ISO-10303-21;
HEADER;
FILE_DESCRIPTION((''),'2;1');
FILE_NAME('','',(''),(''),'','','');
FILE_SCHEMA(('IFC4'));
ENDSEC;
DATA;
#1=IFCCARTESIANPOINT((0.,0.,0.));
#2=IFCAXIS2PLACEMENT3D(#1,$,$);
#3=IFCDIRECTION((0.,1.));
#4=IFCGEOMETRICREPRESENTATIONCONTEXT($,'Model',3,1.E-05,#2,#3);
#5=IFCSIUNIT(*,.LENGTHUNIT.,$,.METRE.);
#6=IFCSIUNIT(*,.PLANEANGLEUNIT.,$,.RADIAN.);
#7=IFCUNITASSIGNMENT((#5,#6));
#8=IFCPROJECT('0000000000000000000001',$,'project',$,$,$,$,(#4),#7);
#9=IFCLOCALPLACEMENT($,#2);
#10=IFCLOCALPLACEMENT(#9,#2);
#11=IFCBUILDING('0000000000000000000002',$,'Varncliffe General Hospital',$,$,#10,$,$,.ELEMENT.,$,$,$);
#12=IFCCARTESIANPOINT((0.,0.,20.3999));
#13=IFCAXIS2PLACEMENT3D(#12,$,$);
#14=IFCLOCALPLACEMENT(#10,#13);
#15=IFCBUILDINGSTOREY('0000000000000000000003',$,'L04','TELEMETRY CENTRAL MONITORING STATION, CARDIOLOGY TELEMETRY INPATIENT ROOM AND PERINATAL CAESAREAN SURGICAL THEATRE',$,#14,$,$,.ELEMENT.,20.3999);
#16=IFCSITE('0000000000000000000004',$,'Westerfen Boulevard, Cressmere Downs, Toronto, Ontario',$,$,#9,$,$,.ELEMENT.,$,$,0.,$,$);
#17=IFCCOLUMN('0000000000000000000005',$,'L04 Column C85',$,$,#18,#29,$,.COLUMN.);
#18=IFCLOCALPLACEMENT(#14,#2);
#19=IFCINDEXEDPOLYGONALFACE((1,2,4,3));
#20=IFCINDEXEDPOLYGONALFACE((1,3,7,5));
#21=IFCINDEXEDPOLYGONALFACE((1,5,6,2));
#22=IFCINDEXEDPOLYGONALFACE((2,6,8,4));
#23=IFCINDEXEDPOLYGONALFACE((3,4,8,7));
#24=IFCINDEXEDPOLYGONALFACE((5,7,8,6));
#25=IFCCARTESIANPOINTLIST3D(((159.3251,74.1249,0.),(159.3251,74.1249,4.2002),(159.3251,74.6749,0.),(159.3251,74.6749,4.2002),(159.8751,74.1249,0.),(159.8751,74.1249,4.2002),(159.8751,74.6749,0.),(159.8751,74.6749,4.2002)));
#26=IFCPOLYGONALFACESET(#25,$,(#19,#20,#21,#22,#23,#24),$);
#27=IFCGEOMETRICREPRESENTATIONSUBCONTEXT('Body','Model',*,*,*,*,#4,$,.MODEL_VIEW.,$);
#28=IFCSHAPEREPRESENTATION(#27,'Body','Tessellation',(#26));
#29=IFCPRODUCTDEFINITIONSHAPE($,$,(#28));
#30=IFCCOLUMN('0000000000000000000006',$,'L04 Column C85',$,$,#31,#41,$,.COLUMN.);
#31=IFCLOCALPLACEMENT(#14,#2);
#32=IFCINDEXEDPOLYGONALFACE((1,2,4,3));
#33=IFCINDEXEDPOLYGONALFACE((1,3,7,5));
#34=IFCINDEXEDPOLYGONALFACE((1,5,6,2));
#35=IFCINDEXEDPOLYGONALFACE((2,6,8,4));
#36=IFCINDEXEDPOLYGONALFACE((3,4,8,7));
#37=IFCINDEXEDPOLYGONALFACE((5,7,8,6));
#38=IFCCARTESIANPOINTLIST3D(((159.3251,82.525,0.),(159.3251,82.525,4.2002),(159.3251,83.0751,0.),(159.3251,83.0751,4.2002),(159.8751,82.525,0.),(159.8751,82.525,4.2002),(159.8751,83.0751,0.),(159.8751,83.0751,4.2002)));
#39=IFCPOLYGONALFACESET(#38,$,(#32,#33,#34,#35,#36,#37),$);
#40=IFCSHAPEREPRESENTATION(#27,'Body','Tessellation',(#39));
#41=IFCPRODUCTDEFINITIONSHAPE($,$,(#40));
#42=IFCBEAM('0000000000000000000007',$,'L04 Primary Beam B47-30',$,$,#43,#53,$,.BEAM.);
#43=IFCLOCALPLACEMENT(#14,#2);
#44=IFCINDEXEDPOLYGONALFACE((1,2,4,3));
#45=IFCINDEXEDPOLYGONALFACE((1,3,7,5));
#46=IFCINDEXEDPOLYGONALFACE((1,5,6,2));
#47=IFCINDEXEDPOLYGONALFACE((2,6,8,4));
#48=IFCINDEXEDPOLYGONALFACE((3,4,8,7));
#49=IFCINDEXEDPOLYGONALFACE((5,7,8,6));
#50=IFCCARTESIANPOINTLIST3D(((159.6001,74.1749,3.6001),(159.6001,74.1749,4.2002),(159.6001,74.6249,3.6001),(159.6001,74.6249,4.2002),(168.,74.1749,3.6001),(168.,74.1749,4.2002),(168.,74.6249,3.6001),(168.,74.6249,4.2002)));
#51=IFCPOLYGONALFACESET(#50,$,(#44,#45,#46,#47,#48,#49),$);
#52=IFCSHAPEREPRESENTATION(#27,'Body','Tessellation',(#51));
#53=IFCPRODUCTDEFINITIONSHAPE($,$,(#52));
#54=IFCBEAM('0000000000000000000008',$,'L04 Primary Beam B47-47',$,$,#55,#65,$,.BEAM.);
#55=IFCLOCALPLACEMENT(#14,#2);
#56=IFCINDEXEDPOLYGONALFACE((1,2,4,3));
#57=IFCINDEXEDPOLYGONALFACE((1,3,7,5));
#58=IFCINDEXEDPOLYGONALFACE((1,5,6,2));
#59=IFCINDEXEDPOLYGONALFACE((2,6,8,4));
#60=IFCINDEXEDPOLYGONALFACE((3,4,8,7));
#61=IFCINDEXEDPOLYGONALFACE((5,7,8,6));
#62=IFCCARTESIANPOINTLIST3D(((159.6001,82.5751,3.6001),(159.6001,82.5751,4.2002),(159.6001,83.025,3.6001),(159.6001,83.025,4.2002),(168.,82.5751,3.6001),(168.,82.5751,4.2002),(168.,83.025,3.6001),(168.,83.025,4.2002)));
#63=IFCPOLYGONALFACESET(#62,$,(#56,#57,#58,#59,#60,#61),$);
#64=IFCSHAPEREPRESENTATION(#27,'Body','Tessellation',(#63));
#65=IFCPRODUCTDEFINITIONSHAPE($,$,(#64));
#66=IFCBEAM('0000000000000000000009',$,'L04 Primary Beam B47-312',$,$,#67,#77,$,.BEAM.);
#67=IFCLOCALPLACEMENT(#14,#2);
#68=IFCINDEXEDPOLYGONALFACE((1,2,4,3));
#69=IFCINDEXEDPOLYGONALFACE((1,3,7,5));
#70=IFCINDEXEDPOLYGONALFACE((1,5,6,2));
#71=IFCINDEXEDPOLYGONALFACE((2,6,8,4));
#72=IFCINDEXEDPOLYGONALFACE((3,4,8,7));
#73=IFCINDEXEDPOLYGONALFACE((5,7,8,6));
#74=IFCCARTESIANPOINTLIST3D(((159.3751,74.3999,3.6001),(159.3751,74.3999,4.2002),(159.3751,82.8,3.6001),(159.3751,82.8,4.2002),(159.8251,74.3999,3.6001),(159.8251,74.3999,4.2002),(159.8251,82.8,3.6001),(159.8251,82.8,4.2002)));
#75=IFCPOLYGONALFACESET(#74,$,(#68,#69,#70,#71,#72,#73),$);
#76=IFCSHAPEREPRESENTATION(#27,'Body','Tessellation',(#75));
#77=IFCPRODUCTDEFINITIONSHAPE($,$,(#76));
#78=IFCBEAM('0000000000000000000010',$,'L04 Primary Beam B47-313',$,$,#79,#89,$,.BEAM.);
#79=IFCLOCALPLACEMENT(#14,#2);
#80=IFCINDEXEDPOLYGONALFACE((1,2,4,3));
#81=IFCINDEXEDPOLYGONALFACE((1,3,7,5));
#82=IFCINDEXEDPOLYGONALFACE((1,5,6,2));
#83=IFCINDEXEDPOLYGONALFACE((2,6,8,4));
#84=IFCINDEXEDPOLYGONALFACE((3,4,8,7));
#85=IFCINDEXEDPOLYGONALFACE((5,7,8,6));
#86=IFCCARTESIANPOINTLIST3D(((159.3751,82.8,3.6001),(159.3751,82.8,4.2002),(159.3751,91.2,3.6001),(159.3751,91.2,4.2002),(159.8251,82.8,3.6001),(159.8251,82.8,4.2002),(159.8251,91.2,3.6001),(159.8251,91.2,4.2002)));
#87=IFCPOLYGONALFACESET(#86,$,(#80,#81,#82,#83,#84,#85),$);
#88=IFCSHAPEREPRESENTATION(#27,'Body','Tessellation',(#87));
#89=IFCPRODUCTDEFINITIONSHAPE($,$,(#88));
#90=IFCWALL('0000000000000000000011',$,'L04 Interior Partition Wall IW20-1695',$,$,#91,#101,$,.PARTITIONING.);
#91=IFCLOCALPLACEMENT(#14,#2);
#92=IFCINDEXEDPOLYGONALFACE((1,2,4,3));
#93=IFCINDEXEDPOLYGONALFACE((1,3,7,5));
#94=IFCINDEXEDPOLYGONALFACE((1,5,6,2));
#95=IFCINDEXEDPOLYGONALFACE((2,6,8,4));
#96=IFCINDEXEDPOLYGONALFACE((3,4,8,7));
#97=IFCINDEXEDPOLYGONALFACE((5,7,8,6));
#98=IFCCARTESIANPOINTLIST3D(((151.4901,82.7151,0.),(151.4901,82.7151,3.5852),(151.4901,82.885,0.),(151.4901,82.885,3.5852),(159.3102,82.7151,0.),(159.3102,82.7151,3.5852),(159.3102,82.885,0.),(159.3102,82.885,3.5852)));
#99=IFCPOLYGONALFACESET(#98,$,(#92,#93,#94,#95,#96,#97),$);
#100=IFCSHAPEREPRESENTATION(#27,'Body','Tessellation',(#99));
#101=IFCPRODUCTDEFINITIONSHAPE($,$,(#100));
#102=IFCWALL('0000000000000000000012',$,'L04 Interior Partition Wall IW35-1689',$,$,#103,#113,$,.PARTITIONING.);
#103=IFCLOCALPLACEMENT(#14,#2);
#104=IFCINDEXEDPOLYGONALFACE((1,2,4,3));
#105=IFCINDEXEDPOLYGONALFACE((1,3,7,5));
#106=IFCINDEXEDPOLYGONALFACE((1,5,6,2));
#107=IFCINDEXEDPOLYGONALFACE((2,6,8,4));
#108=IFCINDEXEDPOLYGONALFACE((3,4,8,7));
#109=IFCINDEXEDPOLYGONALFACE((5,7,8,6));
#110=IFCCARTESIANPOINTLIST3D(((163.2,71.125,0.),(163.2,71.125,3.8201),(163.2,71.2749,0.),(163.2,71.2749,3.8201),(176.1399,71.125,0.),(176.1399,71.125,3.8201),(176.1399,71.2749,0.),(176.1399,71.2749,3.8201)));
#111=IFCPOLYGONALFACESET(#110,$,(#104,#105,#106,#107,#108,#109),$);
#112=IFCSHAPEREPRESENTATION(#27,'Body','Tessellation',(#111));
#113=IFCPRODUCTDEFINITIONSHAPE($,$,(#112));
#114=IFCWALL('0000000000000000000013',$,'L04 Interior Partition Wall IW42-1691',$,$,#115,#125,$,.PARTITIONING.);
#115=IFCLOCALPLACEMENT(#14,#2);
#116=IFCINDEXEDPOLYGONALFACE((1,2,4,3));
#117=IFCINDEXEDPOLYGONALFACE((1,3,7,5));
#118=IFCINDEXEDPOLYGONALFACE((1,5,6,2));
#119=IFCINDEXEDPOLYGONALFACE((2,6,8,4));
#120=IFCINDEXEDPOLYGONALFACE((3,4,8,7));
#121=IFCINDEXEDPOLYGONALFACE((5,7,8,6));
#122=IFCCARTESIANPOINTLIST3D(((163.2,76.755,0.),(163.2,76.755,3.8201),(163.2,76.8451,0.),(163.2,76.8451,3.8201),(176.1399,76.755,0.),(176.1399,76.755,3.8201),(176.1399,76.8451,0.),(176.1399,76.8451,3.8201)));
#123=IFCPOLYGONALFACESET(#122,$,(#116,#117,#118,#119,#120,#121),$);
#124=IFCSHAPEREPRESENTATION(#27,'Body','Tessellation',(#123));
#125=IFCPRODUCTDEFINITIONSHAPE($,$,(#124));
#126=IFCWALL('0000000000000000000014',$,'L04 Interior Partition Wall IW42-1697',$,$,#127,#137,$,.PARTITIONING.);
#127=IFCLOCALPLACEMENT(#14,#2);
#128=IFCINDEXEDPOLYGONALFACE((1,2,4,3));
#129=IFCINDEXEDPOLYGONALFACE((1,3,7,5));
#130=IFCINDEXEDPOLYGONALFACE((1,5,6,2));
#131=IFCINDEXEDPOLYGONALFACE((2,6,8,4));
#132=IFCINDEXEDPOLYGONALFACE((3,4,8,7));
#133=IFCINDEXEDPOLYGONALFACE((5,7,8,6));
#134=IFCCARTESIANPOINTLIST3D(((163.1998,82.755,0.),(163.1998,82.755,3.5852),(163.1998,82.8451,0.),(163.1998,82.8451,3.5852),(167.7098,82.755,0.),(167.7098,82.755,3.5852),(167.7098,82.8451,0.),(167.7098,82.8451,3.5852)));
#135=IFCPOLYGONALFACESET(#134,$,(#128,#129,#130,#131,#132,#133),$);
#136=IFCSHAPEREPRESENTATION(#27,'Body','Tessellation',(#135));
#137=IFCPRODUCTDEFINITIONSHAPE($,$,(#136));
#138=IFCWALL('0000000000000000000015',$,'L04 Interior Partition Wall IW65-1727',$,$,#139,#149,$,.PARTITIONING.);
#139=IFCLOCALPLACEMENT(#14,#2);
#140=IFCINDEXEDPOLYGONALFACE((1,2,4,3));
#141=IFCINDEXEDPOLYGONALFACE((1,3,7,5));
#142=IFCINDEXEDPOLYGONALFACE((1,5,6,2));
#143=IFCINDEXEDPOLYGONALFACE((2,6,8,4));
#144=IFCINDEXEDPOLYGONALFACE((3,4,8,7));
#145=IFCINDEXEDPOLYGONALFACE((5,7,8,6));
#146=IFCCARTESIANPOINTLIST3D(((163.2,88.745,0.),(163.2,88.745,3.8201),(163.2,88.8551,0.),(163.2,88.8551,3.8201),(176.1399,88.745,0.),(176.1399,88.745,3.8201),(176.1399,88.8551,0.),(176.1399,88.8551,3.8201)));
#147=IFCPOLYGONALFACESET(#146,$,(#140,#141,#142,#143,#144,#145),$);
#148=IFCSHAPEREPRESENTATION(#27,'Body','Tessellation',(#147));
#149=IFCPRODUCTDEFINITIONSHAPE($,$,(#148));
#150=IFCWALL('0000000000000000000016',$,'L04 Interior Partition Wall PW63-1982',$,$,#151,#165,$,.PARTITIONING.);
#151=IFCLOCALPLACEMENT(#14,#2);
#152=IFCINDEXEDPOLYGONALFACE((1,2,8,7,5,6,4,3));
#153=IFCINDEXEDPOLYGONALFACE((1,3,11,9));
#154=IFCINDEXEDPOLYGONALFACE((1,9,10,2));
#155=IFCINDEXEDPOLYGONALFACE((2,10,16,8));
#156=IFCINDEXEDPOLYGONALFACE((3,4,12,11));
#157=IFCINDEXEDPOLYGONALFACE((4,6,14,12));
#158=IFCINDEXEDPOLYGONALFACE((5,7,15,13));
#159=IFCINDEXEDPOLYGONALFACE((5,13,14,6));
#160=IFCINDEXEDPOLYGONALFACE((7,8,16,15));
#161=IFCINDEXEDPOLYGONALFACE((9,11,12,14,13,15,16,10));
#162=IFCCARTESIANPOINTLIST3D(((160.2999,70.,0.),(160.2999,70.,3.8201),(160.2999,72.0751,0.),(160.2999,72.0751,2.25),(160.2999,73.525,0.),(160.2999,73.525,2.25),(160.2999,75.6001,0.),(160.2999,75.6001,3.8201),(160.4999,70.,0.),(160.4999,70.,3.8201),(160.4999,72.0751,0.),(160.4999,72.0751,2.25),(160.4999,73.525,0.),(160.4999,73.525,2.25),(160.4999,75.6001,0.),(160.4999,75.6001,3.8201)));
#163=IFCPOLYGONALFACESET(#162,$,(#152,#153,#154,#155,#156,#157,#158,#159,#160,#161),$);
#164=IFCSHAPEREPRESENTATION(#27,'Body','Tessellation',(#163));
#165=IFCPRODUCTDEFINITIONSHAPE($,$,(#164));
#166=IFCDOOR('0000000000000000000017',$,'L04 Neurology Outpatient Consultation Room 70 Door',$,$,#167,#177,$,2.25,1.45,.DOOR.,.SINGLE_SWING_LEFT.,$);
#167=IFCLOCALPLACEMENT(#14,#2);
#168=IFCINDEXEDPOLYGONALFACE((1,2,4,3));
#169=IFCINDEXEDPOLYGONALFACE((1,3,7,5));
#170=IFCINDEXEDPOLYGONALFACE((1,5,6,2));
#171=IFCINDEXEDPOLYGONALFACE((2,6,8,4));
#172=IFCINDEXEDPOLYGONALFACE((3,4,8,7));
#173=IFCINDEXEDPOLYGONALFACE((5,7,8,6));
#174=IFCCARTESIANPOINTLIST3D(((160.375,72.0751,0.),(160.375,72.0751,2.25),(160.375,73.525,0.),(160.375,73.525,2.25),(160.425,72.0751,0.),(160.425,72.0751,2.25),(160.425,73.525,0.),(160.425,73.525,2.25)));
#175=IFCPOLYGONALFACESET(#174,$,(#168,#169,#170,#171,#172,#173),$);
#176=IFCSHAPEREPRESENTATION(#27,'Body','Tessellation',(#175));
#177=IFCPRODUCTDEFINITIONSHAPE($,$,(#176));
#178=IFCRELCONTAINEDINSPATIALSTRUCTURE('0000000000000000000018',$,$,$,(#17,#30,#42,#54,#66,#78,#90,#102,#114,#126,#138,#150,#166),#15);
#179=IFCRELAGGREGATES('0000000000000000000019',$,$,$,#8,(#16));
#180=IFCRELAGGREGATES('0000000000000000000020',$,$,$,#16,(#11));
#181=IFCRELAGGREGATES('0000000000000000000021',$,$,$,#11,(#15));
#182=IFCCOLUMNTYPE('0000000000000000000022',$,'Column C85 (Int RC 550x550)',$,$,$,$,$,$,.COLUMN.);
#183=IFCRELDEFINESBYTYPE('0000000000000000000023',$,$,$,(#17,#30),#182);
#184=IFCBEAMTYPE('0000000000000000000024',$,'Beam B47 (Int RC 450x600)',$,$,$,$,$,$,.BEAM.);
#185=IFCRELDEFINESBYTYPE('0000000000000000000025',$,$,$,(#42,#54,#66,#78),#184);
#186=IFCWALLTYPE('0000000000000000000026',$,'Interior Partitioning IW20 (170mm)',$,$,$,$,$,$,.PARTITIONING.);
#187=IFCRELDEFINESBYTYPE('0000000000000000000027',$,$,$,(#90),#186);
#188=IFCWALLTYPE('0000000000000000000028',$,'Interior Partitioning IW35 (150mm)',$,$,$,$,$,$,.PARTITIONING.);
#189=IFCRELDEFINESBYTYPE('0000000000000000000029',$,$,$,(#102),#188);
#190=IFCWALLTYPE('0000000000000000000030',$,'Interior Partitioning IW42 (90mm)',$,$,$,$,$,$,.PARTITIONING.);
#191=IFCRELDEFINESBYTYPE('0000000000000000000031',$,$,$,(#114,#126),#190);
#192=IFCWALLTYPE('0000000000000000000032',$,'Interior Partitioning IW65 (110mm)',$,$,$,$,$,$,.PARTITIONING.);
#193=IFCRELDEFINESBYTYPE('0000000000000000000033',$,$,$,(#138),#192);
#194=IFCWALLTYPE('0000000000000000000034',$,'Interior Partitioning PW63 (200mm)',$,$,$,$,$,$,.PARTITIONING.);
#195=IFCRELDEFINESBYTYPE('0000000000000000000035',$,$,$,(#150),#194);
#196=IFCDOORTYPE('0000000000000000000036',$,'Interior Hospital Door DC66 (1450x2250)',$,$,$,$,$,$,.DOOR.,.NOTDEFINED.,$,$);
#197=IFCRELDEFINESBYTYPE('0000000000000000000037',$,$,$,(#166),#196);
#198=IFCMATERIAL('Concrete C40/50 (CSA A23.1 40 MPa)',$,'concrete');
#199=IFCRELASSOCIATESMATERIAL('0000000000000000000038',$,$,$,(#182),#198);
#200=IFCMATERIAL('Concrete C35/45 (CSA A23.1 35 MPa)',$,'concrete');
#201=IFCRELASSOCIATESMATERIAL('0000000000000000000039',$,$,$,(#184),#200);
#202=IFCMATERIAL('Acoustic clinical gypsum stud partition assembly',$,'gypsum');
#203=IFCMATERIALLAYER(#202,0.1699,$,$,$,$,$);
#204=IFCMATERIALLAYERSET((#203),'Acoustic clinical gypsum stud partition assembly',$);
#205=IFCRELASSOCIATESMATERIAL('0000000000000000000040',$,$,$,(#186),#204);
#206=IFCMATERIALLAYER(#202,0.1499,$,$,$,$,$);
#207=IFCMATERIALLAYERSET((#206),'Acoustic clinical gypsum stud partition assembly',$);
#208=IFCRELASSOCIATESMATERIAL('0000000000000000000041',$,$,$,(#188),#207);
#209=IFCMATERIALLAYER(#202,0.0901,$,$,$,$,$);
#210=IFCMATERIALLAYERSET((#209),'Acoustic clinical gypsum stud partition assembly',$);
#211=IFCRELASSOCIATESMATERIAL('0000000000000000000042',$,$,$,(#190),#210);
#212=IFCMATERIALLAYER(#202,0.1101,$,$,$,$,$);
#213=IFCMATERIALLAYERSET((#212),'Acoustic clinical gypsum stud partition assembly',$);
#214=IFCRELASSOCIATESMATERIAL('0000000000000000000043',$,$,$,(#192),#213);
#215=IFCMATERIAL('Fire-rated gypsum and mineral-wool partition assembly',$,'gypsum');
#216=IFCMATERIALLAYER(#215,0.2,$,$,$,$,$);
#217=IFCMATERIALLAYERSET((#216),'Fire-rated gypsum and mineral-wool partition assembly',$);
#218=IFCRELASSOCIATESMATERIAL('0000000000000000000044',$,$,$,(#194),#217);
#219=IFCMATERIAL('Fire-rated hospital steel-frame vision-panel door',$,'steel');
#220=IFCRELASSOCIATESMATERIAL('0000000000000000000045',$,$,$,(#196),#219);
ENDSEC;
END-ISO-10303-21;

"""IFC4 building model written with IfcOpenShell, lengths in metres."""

from ifc_helpers import new_model, si_unit, direction, frame, frame_2d, origin, origin_2d, place, context, subcontext, project, spatial, rectangle, extrude, material, layer, layer_set, material_profile, profile_set, type_object, element, fill, save


model = new_model("IFC4")

# Units and contexts
model_context = context("Model", 3, precision=1e-05, world=origin(), true_north=direction((0.0, 1.0)))
body_context = subcontext(model_context, "Body", "Model", "MODEL_VIEW")
ifc_project = project(units=[si_unit("LENGTHUNIT", "METRE"), si_unit("PLANEANGLEUNIT", "RADIAN")], contexts=[model_context])

# Site, building, storey
site_placement = place(None, origin())
site = spatial("IfcSite", under=ifc_project, at=site_placement, Name="Westerfen Boulevard, Cressmere Downs, Toronto, Ontario", CompositionType="ELEMENT", RefElevation=0.0)
building_placement = place(site_placement, origin())
building = spatial("IfcBuilding", under=site, at=building_placement, Name="Varncliffe General Hospital", CompositionType="ELEMENT")
storey_placement = place(building_placement, frame((0.0, 0.0, 20.3999)))
storey = spatial("IfcBuildingStorey", under=building, at=storey_placement, Name="L04", Description="TELEMETRY CENTRAL MONITORING STATION, CARDIOLOGY TELEMETRY INPATIENT ROOM AND PERINATAL CAESAREAN SURGICAL THEATRE", CompositionType="ELEMENT", Elevation=20.3999)

# Columns
ifc_material_1 = material(Name="Concrete C40/50 (CSA A23.1 40 MPa)", Category="concrete")
ifc_material_profile_1 = material_profile(ifc_material_1, rectangle(XDim=0.55, YDim=0.55, at=origin_2d()), Name="RC 550x550")
ifc_profile_set_1 = profile_set([ifc_material_profile_1], Name="Concrete C40/50 (CSA A23.1 40 MPa)")
column_type = type_object("IfcColumnType", Name="Column C85 (Int RC 550x550)", PredefinedType="COLUMN", material=ifc_profile_set_1)
for number, where, z_axis, x_axis, name in (
    (1, (159.6001, 74.3999, 0.0), (0.0, 0.0, 1.0), (1.0, 0.0, 0.0), "L04 Column C85"),
    (2, (159.6001, 82.8, 0.0), (0.0, 0.0, 1.0), (1.0, 0.0, 0.0), "L04 Column C85"),
):
    element("IfcColumn", number, at=place(storey_placement, frame(where, z_axis=z_axis, x_axis=x_axis)), inside=storey, type_object=column_type, Name=name, PredefinedType="COLUMN", context=body_context, shape_type="SweptSolid", body=[
        extrude(rectangle(XDim=0.55, YDim=0.55, at=origin_2d()), origin(), (0.0, 0.0, 1.0), 4.2002),
    ])

# Beams
ifc_material_2 = material(Name="Concrete C35/45 (CSA A23.1 35 MPa)", Category="concrete")
ifc_material_profile_2 = material_profile(ifc_material_2, rectangle(XDim=0.45, YDim=0.6001, at=origin_2d()), Name="RC 450x600")
ifc_profile_set_2 = profile_set([ifc_material_profile_2], Name="Concrete C35/45 (CSA A23.1 35 MPa)")
beam_type = type_object("IfcBeamType", Name="Beam B47 (Int RC 450x600)", PredefinedType="BEAM", material=ifc_profile_set_2)
for number, where, z_axis, x_axis, name in (
    (3, (159.6001, 74.3999, 3.9001), (1.0, 0.0, 0.0), (0.0, 1.0, 0.0), "L04 Primary Beam B47-30"),
    (4, (159.6001, 82.8, 3.9001), (1.0, 0.0, 0.0), (0.0, 1.0, 0.0), "L04 Primary Beam B47-47"),
):
    element("IfcBeam", number, at=place(storey_placement, frame(where, z_axis=z_axis, x_axis=x_axis)), inside=storey, type_object=beam_type, Name=name, PredefinedType="BEAM", context=body_context, shape_type="SweptSolid", body=[
        extrude(rectangle(XDim=0.45, YDim=0.6001, at=origin_2d()), origin(), (0.0, 0.0, 1.0), 8.3999),
    ])
beam_1_placement = place(storey_placement, frame((159.6001, 74.3999, 3.9001), z_axis=(0.0, 1.0, 0.0), x_axis=(-1.0, 0.0, 0.0)))
element("IfcBeam", 5, at=beam_1_placement, inside=storey, type_object=beam_type, Name="L04 Primary Beam B47-312", PredefinedType="BEAM", context=body_context, shape_type="SweptSolid", body=[
    extrude(rectangle(XDim=0.45, YDim=0.6001, at=origin_2d()), origin(), (0.0, 0.0, 1.0), 8.4001),
])
beam_2_placement = place(storey_placement, frame((159.6001, 82.8, 3.9001), z_axis=(0.0, 1.0, 0.0), x_axis=(-1.0, 0.0, 0.0)))
element("IfcBeam", 6, at=beam_2_placement, inside=storey, type_object=beam_type, Name="L04 Primary Beam B47-313", PredefinedType="BEAM", context=body_context, shape_type="SweptSolid", body=[
    extrude(rectangle(XDim=0.45, YDim=0.6001, at=origin_2d()), origin(), (0.0, 0.0, 1.0), 8.3999),
])

# Walls
ifc_material_3 = material(Name="Acoustic clinical gypsum stud partition assembly", Category="gypsum")
ifc_layer_1 = layer(ifc_material_3, 0.1699)
ifc_layer_set_1 = layer_set([ifc_layer_1], Name="Acoustic clinical gypsum stud partition assembly")
wall_type_1 = type_object("IfcWallType", Name="Interior Partitioning IW20 (170mm)", PredefinedType="PARTITIONING", material=ifc_layer_set_1)
wall_1_placement = place(storey_placement, frame((151.49, 82.8, 0.0), z_axis=(0.0, 0.0, 1.0), x_axis=(1.0, 0.0, 0.0)))
element("IfcWall", 7, at=wall_1_placement, inside=storey, type_object=wall_type_1, Name="L04 Interior Partition Wall IW20-1695", PredefinedType="PARTITIONING", context=body_context, shape_type="SweptSolid", body=[
    extrude(rectangle(XDim=7.8201, YDim=0.1699, at=frame_2d((3.9102, 0.0))), origin(), (0.0, 0.0, 1.0), 3.5852),
])
ifc_layer_2 = layer(ifc_material_3, 0.1499)
ifc_layer_set_2 = layer_set([ifc_layer_2], Name="Acoustic clinical gypsum stud partition assembly")
wall_type_2 = type_object("IfcWallType", Name="Interior Partitioning IW35 (150mm)", PredefinedType="PARTITIONING", material=ifc_layer_set_2)
wall_2_placement = place(storey_placement, frame((163.2, 71.2, 0.0), z_axis=(0.0, 0.0, 1.0), x_axis=(1.0, 0.0, 0.0)))
element("IfcWall", 8, at=wall_2_placement, inside=storey, type_object=wall_type_2, Name="L04 Interior Partition Wall IW35-1689", PredefinedType="PARTITIONING", context=body_context, shape_type="SweptSolid", body=[
    extrude(rectangle(XDim=12.9399, YDim=0.1499, at=frame_2d((6.47, 0.0))), origin(), (0.0, 0.0, 1.0), 3.8201),
])
ifc_layer_3 = layer(ifc_material_3, 0.0901)
ifc_layer_set_3 = layer_set([ifc_layer_3], Name="Acoustic clinical gypsum stud partition assembly")
wall_type_3 = type_object("IfcWallType", Name="Interior Partitioning IW42 (90mm)", PredefinedType="PARTITIONING", material=ifc_layer_set_3)
wall_3_placement = place(storey_placement, frame((163.2, 76.8, 0.0), z_axis=(0.0, 0.0, 1.0), x_axis=(1.0, 0.0, 0.0)))
element("IfcWall", 9, at=wall_3_placement, inside=storey, type_object=wall_type_3, Name="L04 Interior Partition Wall IW42-1691", PredefinedType="PARTITIONING", context=body_context, shape_type="SweptSolid", body=[
    extrude(rectangle(XDim=12.9399, YDim=0.0901, at=frame_2d((6.47, 0.0))), origin(), (0.0, 0.0, 1.0), 3.8201),
])
wall_4_placement = place(storey_placement, frame((163.2, 82.8, 0.0), z_axis=(0.0, 0.0, 1.0), x_axis=(1.0, 0.0, 0.0)))
element("IfcWall", 10, at=wall_4_placement, inside=storey, type_object=wall_type_3, Name="L04 Interior Partition Wall IW42-1697", PredefinedType="PARTITIONING", context=body_context, shape_type="SweptSolid", body=[
    extrude(rectangle(XDim=4.51, YDim=0.0901, at=frame_2d((2.2549, 0.0))), origin(), (0.0, 0.0, 1.0), 3.5852),
])
ifc_layer_4 = layer(ifc_material_3, 0.1101)
ifc_layer_set_4 = layer_set([ifc_layer_4], Name="Acoustic clinical gypsum stud partition assembly")
wall_type_4 = type_object("IfcWallType", Name="Interior Partitioning IW65 (110mm)", PredefinedType="PARTITIONING", material=ifc_layer_set_4)
wall_5_placement = place(storey_placement, frame((163.2, 88.8, 0.0), z_axis=(0.0, 0.0, 1.0), x_axis=(1.0, 0.0, 0.0)))
element("IfcWall", 11, at=wall_5_placement, inside=storey, type_object=wall_type_4, Name="L04 Interior Partition Wall IW65-1727", PredefinedType="PARTITIONING", context=body_context, shape_type="SweptSolid", body=[
    extrude(rectangle(XDim=12.9399, YDim=0.1101, at=frame_2d((6.47, 0.0))), origin(), (0.0, 0.0, 1.0), 3.8201),
])

# Wall, opening, door
ifc_material_4 = material(Name="Fire-rated gypsum and mineral-wool partition assembly", Category="gypsum")
ifc_layer_5 = layer(ifc_material_4, 0.2)
ifc_layer_set_5 = layer_set([ifc_layer_5], Name="Fire-rated gypsum and mineral-wool partition assembly")
wall_type_5 = type_object("IfcWallType", Name="Interior Partitioning PW63 (200mm)", PredefinedType="PARTITIONING", material=ifc_layer_set_5)
wall_6_placement = place(storey_placement, frame((160.3999, 70.0, 0.0), z_axis=(0.0, 0.0, 1.0), x_axis=(0.0, 1.0, 0.0)))
wall_6 = element("IfcWall", 12, at=wall_6_placement, inside=storey, type_object=wall_type_5, Name="L04 Interior Partition Wall PW63-1982", PredefinedType="PARTITIONING", context=body_context, shape_type="SweptSolid", body=[
    extrude(rectangle(XDim=5.6001, YDim=0.2, at=frame_2d((2.8, 0.0))), origin(), (0.0, 0.0, 1.0), 3.8201),
])
opening_1_placement = place(wall_6_placement, frame((2.075, 0.0, 0.0)))
opening_1 = element("IfcOpeningElement", 13, at=opening_1_placement, cuts=wall_6, PredefinedType="OPENING", context=body_context, shape_type="SweptSolid", body=[
    extrude(rectangle(XDim=1.45, YDim=2.25, at=frame_2d((0.7251, 1.125))), frame((0.0, 0.1099, 0.0), z_axis=(0.0, -1.0, 0.0), x_axis=(1.0, 0.0, 0.0)), (0.0, 0.0, 1.0), 0.22),
])
ifc_material_5 = material(Name="Fire-rated hospital steel-frame vision-panel door", Category="steel")
door_type_1 = type_object("IfcDoorType", Name="Interior Hospital Door DC66 (1450x2250)", OperationType="NOTDEFINED", PredefinedType="DOOR", material=ifc_material_5)
door_1_placement = place(opening_1_placement, origin())
door_1 = element("IfcDoor", 14, at=door_1_placement, inside=storey, type_object=door_type_1, Name="L04 Neurology Outpatient Consultation Room 70 Door", OperationType="SINGLE_SWING_LEFT", OverallHeight=2.25, OverallWidth=1.45, PredefinedType="DOOR", context=body_context, shape_type="SweptSolid", body=[
    extrude(rectangle(XDim=1.45, YDim=2.25, at=frame_2d((0.7251, 1.125))), frame((0.0, 0.0249, 0.0), z_axis=(0.0, -1.0, 0.0), x_axis=(1.0, 0.0, 0.0)), (0.0, 0.0, 1.0), 0.05),
])
fill(opening_1, door_1)

save(model, "model.ifc")
